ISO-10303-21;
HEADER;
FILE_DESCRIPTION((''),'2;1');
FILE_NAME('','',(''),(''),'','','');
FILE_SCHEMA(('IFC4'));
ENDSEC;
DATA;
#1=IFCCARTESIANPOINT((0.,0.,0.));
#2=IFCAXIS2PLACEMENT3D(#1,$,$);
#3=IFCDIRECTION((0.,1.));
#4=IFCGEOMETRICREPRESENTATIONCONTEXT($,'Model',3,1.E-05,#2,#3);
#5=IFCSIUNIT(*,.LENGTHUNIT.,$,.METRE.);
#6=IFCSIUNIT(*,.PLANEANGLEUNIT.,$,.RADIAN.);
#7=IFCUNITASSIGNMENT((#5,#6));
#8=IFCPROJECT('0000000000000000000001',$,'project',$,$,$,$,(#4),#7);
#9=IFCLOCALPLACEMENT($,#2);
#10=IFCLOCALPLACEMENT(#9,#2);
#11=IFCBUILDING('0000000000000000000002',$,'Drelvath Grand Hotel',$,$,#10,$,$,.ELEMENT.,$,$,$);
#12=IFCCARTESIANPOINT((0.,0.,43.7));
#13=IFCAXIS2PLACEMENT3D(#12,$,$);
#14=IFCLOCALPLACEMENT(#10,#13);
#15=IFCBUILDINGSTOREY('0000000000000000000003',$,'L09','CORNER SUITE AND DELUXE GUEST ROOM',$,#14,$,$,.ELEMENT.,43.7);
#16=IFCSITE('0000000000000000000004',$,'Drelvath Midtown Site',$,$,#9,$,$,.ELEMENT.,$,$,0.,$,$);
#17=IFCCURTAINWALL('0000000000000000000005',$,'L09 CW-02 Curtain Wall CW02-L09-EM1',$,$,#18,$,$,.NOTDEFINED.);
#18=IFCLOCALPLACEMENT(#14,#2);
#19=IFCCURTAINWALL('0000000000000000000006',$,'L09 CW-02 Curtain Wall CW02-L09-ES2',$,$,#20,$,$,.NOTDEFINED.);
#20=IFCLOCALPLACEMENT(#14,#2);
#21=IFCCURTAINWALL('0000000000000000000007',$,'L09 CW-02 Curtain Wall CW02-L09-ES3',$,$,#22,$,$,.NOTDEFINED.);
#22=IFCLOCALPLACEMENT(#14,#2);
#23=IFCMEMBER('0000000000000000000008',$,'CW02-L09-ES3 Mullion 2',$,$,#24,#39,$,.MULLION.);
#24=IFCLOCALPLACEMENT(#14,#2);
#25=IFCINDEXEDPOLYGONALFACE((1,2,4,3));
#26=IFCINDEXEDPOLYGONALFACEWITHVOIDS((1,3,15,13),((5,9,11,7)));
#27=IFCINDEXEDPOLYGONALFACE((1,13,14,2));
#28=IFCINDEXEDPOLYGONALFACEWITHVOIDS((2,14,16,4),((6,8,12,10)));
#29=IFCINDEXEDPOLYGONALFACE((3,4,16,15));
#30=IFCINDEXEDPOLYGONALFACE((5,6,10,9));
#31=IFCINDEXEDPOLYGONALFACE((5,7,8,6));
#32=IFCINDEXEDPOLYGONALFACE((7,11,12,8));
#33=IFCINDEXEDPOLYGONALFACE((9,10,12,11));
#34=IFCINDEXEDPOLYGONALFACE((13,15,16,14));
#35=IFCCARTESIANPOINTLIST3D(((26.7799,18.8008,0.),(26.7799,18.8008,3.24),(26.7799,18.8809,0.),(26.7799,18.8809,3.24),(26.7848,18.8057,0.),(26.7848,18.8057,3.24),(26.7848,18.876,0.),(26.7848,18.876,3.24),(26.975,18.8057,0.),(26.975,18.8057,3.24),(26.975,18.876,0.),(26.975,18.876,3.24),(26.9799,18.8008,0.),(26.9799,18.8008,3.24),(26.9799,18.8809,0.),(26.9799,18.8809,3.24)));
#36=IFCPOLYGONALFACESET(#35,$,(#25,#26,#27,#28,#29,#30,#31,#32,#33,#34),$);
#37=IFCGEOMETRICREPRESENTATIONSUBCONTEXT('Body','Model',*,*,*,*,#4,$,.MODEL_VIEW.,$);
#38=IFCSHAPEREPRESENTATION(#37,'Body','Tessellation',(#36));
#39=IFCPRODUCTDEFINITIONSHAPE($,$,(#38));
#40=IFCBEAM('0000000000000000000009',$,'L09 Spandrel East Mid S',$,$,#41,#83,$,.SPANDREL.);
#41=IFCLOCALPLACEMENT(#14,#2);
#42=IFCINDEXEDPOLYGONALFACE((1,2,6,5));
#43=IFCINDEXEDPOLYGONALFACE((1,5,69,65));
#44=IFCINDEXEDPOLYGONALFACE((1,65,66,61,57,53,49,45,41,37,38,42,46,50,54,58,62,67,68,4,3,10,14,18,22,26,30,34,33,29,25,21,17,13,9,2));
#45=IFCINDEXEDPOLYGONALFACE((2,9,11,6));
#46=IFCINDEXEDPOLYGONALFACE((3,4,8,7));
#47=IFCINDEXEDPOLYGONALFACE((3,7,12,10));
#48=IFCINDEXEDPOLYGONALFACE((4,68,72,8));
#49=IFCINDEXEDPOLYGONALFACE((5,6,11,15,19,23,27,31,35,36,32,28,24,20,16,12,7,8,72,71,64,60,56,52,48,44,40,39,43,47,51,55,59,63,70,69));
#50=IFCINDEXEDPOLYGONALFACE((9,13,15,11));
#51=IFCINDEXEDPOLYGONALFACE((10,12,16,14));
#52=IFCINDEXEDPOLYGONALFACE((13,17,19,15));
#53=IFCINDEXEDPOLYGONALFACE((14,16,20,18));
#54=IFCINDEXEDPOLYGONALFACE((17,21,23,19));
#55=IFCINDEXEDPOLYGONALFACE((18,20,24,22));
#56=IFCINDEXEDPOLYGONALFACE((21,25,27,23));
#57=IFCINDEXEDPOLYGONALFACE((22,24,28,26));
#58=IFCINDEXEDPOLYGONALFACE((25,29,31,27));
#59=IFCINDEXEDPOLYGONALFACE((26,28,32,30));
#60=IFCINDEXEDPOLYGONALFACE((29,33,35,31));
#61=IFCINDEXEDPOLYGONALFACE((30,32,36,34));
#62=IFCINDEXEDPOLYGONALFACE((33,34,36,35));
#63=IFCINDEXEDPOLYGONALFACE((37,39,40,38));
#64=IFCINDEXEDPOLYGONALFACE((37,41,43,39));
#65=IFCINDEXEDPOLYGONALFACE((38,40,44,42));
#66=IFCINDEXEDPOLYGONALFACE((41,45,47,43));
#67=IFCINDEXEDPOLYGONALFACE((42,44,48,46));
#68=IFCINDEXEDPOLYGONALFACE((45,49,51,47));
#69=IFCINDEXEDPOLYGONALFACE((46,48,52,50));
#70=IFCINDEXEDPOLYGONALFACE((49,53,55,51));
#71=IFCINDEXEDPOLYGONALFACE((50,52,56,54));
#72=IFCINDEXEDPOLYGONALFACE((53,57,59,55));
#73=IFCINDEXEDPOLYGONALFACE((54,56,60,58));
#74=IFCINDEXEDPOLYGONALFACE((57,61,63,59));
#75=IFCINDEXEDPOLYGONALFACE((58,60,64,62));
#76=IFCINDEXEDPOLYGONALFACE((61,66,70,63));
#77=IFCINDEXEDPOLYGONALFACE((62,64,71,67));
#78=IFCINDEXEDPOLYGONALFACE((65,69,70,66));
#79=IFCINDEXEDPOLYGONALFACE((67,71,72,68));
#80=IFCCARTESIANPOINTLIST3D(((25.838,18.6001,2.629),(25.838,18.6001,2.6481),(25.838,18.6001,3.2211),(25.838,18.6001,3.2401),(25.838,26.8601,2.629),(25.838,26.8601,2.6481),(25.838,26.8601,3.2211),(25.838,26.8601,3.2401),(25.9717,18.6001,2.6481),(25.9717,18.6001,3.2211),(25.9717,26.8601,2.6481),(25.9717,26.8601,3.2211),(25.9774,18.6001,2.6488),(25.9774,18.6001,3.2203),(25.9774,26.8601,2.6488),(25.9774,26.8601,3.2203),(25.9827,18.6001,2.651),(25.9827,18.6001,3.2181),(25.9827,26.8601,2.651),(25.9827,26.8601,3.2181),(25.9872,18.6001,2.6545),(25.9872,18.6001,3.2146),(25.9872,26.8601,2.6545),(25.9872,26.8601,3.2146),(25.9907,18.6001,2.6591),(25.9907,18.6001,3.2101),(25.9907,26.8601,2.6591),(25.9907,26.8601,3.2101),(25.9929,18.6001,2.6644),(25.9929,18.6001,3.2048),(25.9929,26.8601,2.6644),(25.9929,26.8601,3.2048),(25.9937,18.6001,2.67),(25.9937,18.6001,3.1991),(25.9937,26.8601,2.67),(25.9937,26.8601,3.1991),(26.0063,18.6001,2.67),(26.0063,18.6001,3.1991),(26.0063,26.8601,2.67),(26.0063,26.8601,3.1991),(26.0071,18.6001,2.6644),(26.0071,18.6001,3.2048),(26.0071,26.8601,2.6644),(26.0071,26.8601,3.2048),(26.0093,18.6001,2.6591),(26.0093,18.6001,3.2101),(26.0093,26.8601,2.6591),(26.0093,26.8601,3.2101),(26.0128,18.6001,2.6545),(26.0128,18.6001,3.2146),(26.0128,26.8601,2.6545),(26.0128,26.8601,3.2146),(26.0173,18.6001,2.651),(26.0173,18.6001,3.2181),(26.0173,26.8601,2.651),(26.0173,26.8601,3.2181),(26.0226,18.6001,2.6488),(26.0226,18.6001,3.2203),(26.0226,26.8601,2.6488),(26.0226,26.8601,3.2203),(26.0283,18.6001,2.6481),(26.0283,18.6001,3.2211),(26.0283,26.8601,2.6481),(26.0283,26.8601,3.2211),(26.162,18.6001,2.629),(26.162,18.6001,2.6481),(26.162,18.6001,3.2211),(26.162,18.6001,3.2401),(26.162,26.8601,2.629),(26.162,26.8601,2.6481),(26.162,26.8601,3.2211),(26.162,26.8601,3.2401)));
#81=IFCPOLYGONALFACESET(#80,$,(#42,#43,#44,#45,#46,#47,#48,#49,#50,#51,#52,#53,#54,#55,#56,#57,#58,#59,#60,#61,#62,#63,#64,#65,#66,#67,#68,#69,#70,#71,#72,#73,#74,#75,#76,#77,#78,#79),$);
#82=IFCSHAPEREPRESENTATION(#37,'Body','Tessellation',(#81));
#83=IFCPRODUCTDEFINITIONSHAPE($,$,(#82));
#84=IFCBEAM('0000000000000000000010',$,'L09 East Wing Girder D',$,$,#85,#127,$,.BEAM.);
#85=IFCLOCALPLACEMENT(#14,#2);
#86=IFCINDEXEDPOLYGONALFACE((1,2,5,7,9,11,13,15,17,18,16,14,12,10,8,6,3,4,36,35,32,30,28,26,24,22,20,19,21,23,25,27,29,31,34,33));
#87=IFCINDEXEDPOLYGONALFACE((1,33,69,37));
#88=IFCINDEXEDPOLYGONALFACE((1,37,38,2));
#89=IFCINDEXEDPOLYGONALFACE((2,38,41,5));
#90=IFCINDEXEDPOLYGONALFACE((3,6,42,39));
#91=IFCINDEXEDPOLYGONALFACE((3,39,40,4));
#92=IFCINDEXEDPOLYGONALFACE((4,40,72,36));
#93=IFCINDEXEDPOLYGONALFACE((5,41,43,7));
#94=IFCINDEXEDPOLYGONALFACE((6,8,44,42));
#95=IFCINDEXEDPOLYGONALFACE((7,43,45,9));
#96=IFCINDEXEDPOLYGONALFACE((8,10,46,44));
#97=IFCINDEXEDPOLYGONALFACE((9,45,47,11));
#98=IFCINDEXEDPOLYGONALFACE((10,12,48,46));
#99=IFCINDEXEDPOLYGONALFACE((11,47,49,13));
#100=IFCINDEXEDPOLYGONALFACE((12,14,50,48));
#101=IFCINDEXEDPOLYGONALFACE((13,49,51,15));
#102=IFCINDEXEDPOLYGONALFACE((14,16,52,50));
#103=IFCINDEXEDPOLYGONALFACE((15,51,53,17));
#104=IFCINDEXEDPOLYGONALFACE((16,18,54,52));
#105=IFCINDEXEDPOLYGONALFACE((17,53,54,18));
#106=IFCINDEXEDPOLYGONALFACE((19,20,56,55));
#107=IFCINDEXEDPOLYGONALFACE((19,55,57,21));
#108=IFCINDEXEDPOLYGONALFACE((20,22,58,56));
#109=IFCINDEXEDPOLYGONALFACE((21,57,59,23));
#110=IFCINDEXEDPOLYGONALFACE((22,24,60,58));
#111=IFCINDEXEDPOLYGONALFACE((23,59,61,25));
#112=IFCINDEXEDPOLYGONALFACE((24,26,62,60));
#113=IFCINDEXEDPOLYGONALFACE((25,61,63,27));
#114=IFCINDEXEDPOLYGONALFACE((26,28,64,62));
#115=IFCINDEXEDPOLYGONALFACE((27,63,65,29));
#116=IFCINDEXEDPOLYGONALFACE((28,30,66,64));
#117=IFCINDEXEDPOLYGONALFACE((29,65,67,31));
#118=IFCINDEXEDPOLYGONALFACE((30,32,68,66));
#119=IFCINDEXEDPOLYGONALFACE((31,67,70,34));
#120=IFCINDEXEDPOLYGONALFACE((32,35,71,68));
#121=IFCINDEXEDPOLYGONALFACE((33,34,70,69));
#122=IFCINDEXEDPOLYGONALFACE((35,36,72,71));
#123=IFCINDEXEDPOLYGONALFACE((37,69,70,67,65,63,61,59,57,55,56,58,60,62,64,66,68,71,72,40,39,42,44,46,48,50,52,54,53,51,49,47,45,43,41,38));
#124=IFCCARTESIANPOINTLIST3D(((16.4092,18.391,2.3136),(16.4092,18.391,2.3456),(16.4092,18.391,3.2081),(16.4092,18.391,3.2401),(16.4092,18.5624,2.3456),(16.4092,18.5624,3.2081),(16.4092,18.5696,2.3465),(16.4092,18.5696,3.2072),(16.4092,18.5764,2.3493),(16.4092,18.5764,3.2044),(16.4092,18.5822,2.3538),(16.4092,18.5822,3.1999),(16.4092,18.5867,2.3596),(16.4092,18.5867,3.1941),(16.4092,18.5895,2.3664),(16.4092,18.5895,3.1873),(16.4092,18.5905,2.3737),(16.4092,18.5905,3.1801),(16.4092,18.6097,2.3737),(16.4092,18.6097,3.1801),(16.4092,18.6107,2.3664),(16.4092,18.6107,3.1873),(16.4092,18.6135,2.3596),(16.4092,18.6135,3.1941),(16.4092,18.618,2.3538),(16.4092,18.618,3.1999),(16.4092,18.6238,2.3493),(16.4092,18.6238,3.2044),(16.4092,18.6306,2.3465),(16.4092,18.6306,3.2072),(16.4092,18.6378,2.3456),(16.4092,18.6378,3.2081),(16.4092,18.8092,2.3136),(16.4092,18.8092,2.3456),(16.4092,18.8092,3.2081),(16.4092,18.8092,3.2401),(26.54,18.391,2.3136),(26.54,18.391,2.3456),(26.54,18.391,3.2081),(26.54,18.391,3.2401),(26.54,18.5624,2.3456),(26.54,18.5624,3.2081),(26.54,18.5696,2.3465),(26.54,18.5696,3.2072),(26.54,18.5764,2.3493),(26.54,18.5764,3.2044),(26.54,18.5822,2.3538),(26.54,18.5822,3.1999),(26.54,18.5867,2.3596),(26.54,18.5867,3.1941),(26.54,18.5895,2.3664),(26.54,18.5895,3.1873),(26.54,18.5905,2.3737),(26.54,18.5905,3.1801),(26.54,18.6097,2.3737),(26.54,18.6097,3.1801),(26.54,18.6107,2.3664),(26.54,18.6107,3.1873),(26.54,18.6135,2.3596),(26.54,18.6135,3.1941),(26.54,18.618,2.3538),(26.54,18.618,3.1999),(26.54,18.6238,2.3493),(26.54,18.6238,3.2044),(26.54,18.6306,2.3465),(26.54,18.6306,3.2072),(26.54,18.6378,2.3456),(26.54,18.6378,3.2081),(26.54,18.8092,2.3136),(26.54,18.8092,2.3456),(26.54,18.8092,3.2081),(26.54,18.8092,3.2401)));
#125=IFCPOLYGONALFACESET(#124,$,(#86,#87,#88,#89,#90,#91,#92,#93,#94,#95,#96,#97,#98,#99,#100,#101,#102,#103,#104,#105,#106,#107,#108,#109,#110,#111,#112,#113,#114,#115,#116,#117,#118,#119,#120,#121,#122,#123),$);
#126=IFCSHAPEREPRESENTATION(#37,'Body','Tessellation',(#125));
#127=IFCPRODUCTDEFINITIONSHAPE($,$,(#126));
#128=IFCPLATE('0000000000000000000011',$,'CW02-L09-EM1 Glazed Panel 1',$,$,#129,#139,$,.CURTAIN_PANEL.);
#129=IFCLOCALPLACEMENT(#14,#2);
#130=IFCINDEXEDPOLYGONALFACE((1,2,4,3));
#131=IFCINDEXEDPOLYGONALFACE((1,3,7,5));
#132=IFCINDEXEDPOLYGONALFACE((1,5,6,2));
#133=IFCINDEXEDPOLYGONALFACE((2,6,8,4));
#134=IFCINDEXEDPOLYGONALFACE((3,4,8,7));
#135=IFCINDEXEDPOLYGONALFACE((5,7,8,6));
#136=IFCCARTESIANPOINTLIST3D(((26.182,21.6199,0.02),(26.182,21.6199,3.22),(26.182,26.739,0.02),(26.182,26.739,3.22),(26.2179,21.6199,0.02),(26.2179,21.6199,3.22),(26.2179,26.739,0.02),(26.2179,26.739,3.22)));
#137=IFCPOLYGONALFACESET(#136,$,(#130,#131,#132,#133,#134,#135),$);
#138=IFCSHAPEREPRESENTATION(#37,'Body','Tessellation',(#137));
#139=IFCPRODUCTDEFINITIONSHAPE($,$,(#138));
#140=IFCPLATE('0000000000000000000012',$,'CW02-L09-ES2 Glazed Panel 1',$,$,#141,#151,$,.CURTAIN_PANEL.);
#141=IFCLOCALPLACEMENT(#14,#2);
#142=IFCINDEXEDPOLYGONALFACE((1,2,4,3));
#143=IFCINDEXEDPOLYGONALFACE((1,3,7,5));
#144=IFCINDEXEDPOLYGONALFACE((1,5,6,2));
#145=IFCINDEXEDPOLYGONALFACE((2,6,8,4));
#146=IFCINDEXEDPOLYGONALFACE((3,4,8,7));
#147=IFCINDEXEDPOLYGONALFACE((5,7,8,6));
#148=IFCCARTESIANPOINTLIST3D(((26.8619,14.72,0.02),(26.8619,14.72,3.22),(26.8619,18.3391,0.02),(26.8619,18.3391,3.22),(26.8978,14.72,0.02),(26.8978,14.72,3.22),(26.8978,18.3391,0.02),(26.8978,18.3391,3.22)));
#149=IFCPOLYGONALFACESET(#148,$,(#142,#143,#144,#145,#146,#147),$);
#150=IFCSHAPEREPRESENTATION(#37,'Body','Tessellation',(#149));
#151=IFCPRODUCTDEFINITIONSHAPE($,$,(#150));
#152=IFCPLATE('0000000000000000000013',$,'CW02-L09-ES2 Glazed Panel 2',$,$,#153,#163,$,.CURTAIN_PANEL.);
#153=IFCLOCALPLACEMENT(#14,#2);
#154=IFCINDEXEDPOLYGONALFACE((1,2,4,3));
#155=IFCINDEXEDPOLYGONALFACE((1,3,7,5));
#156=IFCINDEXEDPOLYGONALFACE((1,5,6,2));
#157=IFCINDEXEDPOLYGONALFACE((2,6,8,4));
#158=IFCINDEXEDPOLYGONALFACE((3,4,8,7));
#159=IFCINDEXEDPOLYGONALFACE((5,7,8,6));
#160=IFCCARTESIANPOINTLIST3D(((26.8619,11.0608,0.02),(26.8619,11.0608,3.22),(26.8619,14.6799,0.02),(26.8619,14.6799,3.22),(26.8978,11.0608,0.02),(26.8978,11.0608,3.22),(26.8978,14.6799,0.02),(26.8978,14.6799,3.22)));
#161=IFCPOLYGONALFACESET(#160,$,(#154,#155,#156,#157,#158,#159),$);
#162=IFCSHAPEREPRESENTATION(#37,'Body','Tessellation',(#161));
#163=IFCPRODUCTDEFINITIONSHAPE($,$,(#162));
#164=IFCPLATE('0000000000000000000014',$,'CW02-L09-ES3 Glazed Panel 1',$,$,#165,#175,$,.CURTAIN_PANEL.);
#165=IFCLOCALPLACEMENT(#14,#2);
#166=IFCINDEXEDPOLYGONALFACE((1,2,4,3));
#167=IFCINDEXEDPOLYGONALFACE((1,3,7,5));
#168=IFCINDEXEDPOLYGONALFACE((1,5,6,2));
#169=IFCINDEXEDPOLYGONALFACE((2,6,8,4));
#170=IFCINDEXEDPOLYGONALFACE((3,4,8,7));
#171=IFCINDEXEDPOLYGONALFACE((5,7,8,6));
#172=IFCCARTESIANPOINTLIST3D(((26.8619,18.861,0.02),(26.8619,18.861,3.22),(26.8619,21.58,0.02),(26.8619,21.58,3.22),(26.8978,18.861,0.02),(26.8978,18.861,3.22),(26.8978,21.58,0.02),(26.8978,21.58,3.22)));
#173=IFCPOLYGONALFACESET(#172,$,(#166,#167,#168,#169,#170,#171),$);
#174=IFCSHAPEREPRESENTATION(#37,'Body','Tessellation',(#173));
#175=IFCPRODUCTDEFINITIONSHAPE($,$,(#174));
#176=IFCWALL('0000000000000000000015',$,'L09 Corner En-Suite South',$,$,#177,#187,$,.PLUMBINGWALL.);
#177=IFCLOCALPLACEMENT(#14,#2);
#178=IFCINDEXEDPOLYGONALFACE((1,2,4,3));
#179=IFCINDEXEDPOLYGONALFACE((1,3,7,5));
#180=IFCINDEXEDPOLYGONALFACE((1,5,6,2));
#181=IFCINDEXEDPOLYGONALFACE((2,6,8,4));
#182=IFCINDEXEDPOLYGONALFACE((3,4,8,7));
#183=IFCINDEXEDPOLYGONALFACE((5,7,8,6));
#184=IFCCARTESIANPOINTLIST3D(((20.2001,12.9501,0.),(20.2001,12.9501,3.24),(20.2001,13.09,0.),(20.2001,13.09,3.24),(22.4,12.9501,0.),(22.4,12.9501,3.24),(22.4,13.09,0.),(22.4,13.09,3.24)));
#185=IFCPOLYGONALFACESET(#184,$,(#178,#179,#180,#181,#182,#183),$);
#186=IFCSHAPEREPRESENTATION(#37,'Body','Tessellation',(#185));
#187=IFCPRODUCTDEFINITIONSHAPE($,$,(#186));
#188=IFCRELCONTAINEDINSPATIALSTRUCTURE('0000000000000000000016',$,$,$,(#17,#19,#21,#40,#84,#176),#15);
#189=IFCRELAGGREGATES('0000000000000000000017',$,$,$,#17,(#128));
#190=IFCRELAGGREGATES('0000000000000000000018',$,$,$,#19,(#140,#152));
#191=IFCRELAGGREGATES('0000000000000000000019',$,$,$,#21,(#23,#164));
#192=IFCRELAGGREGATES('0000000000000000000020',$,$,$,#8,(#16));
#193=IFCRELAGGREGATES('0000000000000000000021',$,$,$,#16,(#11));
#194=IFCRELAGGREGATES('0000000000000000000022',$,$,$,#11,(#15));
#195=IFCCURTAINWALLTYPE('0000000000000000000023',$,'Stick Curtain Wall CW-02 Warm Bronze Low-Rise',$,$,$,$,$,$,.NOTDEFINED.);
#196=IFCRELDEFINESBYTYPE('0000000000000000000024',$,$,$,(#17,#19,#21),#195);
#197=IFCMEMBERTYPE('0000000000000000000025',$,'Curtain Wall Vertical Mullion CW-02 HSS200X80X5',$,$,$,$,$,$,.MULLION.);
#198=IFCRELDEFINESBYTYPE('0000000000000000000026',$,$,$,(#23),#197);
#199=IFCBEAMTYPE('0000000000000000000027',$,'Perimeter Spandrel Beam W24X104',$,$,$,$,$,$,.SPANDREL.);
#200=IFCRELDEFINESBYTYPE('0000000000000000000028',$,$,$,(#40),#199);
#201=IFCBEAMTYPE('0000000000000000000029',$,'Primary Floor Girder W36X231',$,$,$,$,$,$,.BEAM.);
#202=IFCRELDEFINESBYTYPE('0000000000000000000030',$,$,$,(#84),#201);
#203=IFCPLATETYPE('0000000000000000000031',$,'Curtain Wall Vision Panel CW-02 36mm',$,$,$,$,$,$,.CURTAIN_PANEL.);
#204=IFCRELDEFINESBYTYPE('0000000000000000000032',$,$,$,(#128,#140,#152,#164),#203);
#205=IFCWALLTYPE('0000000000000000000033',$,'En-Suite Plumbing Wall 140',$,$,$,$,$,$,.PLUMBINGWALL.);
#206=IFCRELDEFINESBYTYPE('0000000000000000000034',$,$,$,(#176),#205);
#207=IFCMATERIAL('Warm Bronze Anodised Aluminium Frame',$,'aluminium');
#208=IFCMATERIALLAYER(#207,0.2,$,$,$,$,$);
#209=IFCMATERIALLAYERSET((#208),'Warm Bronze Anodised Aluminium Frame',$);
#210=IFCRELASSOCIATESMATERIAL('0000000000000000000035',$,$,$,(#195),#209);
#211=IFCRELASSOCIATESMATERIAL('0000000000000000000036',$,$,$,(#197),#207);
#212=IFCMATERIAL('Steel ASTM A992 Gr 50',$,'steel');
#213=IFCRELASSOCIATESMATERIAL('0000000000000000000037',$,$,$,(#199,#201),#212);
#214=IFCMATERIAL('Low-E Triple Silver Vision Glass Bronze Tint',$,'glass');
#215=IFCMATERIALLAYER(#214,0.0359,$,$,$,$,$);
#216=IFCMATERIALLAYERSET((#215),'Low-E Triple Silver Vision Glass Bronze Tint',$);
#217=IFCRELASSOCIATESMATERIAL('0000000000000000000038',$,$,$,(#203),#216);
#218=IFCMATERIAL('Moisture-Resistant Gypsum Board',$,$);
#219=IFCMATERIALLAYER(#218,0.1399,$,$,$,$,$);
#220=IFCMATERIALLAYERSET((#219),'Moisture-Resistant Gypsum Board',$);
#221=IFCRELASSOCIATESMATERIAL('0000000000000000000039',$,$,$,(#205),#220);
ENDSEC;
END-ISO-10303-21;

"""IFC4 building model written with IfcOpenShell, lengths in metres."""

from ifc_helpers import new_model, si_unit, direction, frame, frame_2d, origin, origin_2d, place, context, subcontext, project, spatial, rectangle, hollow_rectangle, i_section, extrude, material, layer, layer_set, material_profile, profile_set, type_object, element, aggregate, save


model = new_model("IFC4")

# Units and contexts
model_context = context("Model", 3, precision=1e-05, world=origin(), true_north=direction((0.0, 1.0)))
body_context = subcontext(model_context, "Body", "Model", "MODEL_VIEW")
ifc_project = project(units=[si_unit("LENGTHUNIT", "METRE"), si_unit("PLANEANGLEUNIT", "RADIAN")], contexts=[model_context])

# Site, building, storey
site_placement = place(None, origin())
site = spatial("IfcSite", under=ifc_project, at=site_placement, Name="Drelvath Midtown Site", CompositionType="ELEMENT", RefElevation=0.0)
building_placement = place(site_placement, origin())
building = spatial("IfcBuilding", under=site, at=building_placement, Name="Drelvath Grand Hotel", CompositionType="ELEMENT")
storey_placement = place(building_placement, frame((0.0, 0.0, 43.7)))
storey = spatial("IfcBuildingStorey", under=building, at=storey_placement, Name="L09", Description="CORNER SUITE AND DELUXE GUEST ROOM", CompositionType="ELEMENT", Elevation=43.7)

# Curtain walls
ifc_material_1 = material(Name="Warm Bronze Anodised Aluminium Frame", Category="aluminium")
ifc_layer_1 = layer(ifc_material_1, 0.2)
ifc_layer_set_1 = layer_set([ifc_layer_1], Name="Warm Bronze Anodised Aluminium Frame")
curtain_wall_type = type_object("IfcCurtainWallType", Name="Stick Curtain Wall CW-02 Warm Bronze Low-Rise", PredefinedType="NOTDEFINED", material=ifc_layer_set_1)
curtain_wall_1_placement = place(storey_placement, origin())
curtain_wall_1 = element("IfcCurtainWall", 1, at=curtain_wall_1_placement, inside=storey, type_object=curtain_wall_type, Name="L09 CW-02 Curtain Wall CW02-L09-EM1", PredefinedType="NOTDEFINED")
curtain_wall_2_placement = place(storey_placement, origin())
curtain_wall_2 = element("IfcCurtainWall", 2, at=curtain_wall_2_placement, inside=storey, type_object=curtain_wall_type, Name="L09 CW-02 Curtain Wall CW02-L09-ES2", PredefinedType="NOTDEFINED")
curtain_wall_3_placement = place(storey_placement, origin())
curtain_wall_3 = element("IfcCurtainWall", 3, at=curtain_wall_3_placement, inside=storey, type_object=curtain_wall_type, Name="L09 CW-02 Curtain Wall CW02-L09-ES3", PredefinedType="NOTDEFINED")

# Member
ifc_material_profile_1 = material_profile(ifc_material_1, hollow_rectangle(XDim=0.0801, YDim=0.2, WallThickness=0.0049, at=origin_2d()), Name="HSS200X80X5")
ifc_profile_set_1 = profile_set([ifc_material_profile_1], Name="Warm Bronze Anodised Aluminium Frame")
member_type_1 = type_object("IfcMemberType", Name="Curtain Wall Vertical Mullion CW-02 HSS200X80X5", PredefinedType="MULLION", material=ifc_profile_set_1)
member_1_placement = place(storey_placement, frame((26.8799, 18.8408, 0.0), z_axis=(0.0, 0.0, 1.0), x_axis=(0.0, 1.0, 0.0)))
member_1 = element("IfcMember", 4, at=member_1_placement, type_object=member_type_1, Name="CW02-L09-ES3 Mullion 2", PredefinedType="MULLION", context=body_context, shape_type="SweptSolid", body=[
    extrude(hollow_rectangle(XDim=0.0801, YDim=0.2, WallThickness=0.0049, at=origin_2d()), origin(), (0.0, 0.0, 1.0), 3.24),
])

# Beams
ifc_material_2 = material(Name="Steel ASTM A992 Gr 50", Category="steel")
ifc_material_profile_2 = material_profile(ifc_material_2, i_section(OverallWidth=0.324, OverallDepth=0.6111, WebThickness=0.0127, FlangeThickness=0.019, FilletRadius=0.022, at=origin_2d()), Name="W24X104")
ifc_profile_set_2 = profile_set([ifc_material_profile_2], Name="Steel ASTM A992 Gr 50")
beam_type_1 = type_object("IfcBeamType", Name="Perimeter Spandrel Beam W24X104", PredefinedType="SPANDREL", material=ifc_profile_set_2)
beam_1_placement = place(storey_placement, frame((26.0, 18.6001, 2.9346), z_axis=(0.0, 1.0, 0.0), x_axis=(-1.0, 0.0, 0.0)))
element("IfcBeam", 5, at=beam_1_placement, inside=storey, type_object=beam_type_1, Name="L09 Spandrel East Mid S", PredefinedType="SPANDREL", context=body_context, shape_type="SweptSolid", body=[
    extrude(i_section(OverallWidth=0.324, OverallDepth=0.6111, WebThickness=0.0127, FlangeThickness=0.019, FilletRadius=0.022, at=origin_2d()), origin(), (0.0, 0.0, 1.0), 8.26),
])
ifc_material_profile_3 = material_profile(ifc_material_2, i_section(OverallWidth=0.4182, OverallDepth=0.9265, WebThickness=0.0193, FlangeThickness=0.032, FilletRadius=0.0281, at=origin_2d()), Name="W36X231")
ifc_profile_set_3 = profile_set([ifc_material_profile_3], Name="Steel ASTM A992 Gr 50")
beam_type_2 = type_object("IfcBeamType", Name="Primary Floor Girder W36X231", PredefinedType="BEAM", material=ifc_profile_set_3)
beam_2_placement = place(storey_placement, frame((16.4092, 18.6001, 2.7769), z_axis=(1.0, 0.0, 0.0), x_axis=(0.0, 1.0, 0.0)))
element("IfcBeam", 6, at=beam_2_placement, inside=storey, type_object=beam_type_2, Name="L09 East Wing Girder D", PredefinedType="BEAM", context=body_context, shape_type="SweptSolid", body=[
    extrude(i_section(OverallWidth=0.4182, OverallDepth=0.9265, WebThickness=0.0193, FlangeThickness=0.032, FilletRadius=0.0281, at=origin_2d()), origin(), (0.0, 0.0, 1.0), 10.1309),
])

# Plates
ifc_material_3 = material(Name="Low-E Triple Silver Vision Glass Bronze Tint", Category="glass")
ifc_layer_2 = layer(ifc_material_3, 0.0359)
ifc_layer_set_2 = layer_set([ifc_layer_2], Name="Low-E Triple Silver Vision Glass Bronze Tint")
plate_type = type_object("IfcPlateType", Name="Curtain Wall Vision Panel CW-02 36mm", PredefinedType="CURTAIN_PANEL", material=ifc_layer_set_2)
plate_1_placement = place(storey_placement, frame((26.2, 24.1794, 0.02), z_axis=(0.0, 0.0, 1.0), x_axis=(0.0, -1.0, 0.0)))
plate_1 = element("IfcPlate", 7, at=plate_1_placement, type_object=plate_type, Name="CW02-L09-EM1 Glazed Panel 1", PredefinedType="CURTAIN_PANEL", context=body_context, shape_type="SweptSolid", body=[
    extrude(rectangle(XDim=5.1191, YDim=0.0359, at=origin_2d()), origin(), (0.0, 0.0, 1.0), 3.2),
])
aggregate(curtain_wall_1, [plate_1])
plate_2_placement = place(storey_placement, frame((26.8799, 16.5295, 0.02), z_axis=(0.0, 0.0, 1.0), x_axis=(0.0, -1.0, 0.0)))
plate_2 = element("IfcPlate", 8, at=plate_2_placement, type_object=plate_type, Name="CW02-L09-ES2 Glazed Panel 1", PredefinedType="CURTAIN_PANEL", context=body_context, shape_type="SweptSolid", body=[
    extrude(rectangle(XDim=3.6191, YDim=0.0359, at=origin_2d()), origin(), (0.0, 0.0, 1.0), 3.2),
])
plate_3_placement = place(storey_placement, frame((26.8799, 12.8704, 0.02), z_axis=(0.0, 0.0, 1.0), x_axis=(0.0, -1.0, 0.0)))
plate_3 = element("IfcPlate", 9, at=plate_3_placement, type_object=plate_type, Name="CW02-L09-ES2 Glazed Panel 2", PredefinedType="CURTAIN_PANEL", context=body_context, shape_type="SweptSolid", body=[
    extrude(rectangle(XDim=3.6191, YDim=0.0359, at=origin_2d()), origin(), (0.0, 0.0, 1.0), 3.2),
])
aggregate(curtain_wall_2, [plate_2, plate_3])
plate_4_placement = place(storey_placement, frame((26.8799, 20.2205, 0.02), z_axis=(0.0, 0.0, 1.0), x_axis=(0.0, -1.0, 0.0)))
plate_4 = element("IfcPlate", 10, at=plate_4_placement, type_object=plate_type, Name="CW02-L09-ES3 Glazed Panel 1", PredefinedType="CURTAIN_PANEL", context=body_context, shape_type="SweptSolid", body=[
    extrude(rectangle(XDim=2.719, YDim=0.0359, at=origin_2d()), origin(), (0.0, 0.0, 1.0), 3.2),
])
aggregate(curtain_wall_3, [member_1, plate_4])

# Wall
ifc_material_4 = material(Name="Moisture-Resistant Gypsum Board")
ifc_layer_3 = layer(ifc_material_4, 0.1399)
ifc_layer_set_3 = layer_set([ifc_layer_3], Name="Moisture-Resistant Gypsum Board")
wall_type_1 = type_object("IfcWallType", Name="En-Suite Plumbing Wall 140", PredefinedType="PLUMBINGWALL", material=ifc_layer_set_3)
for number, where, z_axis, x_axis, name in (
    (11, (20.2, 13.02, 0.0), (0.0, 0.0, 1.0), (1.0, 0.0, 0.0), "L09 Corner En-Suite South"),
):
    element("IfcWall", number, at=place(storey_placement, frame(where, z_axis=z_axis, x_axis=x_axis)), inside=storey, type_object=wall_type_1, Name=name, PredefinedType="PLUMBINGWALL", context=body_context, shape_type="SweptSolid", body=[
        extrude(rectangle(XDim=2.2, YDim=0.1399, at=frame_2d((1.1001, 0.0))), origin(), (0.0, 0.0, 1.0), 3.24),
    ])

save(model, "model.ifc")
